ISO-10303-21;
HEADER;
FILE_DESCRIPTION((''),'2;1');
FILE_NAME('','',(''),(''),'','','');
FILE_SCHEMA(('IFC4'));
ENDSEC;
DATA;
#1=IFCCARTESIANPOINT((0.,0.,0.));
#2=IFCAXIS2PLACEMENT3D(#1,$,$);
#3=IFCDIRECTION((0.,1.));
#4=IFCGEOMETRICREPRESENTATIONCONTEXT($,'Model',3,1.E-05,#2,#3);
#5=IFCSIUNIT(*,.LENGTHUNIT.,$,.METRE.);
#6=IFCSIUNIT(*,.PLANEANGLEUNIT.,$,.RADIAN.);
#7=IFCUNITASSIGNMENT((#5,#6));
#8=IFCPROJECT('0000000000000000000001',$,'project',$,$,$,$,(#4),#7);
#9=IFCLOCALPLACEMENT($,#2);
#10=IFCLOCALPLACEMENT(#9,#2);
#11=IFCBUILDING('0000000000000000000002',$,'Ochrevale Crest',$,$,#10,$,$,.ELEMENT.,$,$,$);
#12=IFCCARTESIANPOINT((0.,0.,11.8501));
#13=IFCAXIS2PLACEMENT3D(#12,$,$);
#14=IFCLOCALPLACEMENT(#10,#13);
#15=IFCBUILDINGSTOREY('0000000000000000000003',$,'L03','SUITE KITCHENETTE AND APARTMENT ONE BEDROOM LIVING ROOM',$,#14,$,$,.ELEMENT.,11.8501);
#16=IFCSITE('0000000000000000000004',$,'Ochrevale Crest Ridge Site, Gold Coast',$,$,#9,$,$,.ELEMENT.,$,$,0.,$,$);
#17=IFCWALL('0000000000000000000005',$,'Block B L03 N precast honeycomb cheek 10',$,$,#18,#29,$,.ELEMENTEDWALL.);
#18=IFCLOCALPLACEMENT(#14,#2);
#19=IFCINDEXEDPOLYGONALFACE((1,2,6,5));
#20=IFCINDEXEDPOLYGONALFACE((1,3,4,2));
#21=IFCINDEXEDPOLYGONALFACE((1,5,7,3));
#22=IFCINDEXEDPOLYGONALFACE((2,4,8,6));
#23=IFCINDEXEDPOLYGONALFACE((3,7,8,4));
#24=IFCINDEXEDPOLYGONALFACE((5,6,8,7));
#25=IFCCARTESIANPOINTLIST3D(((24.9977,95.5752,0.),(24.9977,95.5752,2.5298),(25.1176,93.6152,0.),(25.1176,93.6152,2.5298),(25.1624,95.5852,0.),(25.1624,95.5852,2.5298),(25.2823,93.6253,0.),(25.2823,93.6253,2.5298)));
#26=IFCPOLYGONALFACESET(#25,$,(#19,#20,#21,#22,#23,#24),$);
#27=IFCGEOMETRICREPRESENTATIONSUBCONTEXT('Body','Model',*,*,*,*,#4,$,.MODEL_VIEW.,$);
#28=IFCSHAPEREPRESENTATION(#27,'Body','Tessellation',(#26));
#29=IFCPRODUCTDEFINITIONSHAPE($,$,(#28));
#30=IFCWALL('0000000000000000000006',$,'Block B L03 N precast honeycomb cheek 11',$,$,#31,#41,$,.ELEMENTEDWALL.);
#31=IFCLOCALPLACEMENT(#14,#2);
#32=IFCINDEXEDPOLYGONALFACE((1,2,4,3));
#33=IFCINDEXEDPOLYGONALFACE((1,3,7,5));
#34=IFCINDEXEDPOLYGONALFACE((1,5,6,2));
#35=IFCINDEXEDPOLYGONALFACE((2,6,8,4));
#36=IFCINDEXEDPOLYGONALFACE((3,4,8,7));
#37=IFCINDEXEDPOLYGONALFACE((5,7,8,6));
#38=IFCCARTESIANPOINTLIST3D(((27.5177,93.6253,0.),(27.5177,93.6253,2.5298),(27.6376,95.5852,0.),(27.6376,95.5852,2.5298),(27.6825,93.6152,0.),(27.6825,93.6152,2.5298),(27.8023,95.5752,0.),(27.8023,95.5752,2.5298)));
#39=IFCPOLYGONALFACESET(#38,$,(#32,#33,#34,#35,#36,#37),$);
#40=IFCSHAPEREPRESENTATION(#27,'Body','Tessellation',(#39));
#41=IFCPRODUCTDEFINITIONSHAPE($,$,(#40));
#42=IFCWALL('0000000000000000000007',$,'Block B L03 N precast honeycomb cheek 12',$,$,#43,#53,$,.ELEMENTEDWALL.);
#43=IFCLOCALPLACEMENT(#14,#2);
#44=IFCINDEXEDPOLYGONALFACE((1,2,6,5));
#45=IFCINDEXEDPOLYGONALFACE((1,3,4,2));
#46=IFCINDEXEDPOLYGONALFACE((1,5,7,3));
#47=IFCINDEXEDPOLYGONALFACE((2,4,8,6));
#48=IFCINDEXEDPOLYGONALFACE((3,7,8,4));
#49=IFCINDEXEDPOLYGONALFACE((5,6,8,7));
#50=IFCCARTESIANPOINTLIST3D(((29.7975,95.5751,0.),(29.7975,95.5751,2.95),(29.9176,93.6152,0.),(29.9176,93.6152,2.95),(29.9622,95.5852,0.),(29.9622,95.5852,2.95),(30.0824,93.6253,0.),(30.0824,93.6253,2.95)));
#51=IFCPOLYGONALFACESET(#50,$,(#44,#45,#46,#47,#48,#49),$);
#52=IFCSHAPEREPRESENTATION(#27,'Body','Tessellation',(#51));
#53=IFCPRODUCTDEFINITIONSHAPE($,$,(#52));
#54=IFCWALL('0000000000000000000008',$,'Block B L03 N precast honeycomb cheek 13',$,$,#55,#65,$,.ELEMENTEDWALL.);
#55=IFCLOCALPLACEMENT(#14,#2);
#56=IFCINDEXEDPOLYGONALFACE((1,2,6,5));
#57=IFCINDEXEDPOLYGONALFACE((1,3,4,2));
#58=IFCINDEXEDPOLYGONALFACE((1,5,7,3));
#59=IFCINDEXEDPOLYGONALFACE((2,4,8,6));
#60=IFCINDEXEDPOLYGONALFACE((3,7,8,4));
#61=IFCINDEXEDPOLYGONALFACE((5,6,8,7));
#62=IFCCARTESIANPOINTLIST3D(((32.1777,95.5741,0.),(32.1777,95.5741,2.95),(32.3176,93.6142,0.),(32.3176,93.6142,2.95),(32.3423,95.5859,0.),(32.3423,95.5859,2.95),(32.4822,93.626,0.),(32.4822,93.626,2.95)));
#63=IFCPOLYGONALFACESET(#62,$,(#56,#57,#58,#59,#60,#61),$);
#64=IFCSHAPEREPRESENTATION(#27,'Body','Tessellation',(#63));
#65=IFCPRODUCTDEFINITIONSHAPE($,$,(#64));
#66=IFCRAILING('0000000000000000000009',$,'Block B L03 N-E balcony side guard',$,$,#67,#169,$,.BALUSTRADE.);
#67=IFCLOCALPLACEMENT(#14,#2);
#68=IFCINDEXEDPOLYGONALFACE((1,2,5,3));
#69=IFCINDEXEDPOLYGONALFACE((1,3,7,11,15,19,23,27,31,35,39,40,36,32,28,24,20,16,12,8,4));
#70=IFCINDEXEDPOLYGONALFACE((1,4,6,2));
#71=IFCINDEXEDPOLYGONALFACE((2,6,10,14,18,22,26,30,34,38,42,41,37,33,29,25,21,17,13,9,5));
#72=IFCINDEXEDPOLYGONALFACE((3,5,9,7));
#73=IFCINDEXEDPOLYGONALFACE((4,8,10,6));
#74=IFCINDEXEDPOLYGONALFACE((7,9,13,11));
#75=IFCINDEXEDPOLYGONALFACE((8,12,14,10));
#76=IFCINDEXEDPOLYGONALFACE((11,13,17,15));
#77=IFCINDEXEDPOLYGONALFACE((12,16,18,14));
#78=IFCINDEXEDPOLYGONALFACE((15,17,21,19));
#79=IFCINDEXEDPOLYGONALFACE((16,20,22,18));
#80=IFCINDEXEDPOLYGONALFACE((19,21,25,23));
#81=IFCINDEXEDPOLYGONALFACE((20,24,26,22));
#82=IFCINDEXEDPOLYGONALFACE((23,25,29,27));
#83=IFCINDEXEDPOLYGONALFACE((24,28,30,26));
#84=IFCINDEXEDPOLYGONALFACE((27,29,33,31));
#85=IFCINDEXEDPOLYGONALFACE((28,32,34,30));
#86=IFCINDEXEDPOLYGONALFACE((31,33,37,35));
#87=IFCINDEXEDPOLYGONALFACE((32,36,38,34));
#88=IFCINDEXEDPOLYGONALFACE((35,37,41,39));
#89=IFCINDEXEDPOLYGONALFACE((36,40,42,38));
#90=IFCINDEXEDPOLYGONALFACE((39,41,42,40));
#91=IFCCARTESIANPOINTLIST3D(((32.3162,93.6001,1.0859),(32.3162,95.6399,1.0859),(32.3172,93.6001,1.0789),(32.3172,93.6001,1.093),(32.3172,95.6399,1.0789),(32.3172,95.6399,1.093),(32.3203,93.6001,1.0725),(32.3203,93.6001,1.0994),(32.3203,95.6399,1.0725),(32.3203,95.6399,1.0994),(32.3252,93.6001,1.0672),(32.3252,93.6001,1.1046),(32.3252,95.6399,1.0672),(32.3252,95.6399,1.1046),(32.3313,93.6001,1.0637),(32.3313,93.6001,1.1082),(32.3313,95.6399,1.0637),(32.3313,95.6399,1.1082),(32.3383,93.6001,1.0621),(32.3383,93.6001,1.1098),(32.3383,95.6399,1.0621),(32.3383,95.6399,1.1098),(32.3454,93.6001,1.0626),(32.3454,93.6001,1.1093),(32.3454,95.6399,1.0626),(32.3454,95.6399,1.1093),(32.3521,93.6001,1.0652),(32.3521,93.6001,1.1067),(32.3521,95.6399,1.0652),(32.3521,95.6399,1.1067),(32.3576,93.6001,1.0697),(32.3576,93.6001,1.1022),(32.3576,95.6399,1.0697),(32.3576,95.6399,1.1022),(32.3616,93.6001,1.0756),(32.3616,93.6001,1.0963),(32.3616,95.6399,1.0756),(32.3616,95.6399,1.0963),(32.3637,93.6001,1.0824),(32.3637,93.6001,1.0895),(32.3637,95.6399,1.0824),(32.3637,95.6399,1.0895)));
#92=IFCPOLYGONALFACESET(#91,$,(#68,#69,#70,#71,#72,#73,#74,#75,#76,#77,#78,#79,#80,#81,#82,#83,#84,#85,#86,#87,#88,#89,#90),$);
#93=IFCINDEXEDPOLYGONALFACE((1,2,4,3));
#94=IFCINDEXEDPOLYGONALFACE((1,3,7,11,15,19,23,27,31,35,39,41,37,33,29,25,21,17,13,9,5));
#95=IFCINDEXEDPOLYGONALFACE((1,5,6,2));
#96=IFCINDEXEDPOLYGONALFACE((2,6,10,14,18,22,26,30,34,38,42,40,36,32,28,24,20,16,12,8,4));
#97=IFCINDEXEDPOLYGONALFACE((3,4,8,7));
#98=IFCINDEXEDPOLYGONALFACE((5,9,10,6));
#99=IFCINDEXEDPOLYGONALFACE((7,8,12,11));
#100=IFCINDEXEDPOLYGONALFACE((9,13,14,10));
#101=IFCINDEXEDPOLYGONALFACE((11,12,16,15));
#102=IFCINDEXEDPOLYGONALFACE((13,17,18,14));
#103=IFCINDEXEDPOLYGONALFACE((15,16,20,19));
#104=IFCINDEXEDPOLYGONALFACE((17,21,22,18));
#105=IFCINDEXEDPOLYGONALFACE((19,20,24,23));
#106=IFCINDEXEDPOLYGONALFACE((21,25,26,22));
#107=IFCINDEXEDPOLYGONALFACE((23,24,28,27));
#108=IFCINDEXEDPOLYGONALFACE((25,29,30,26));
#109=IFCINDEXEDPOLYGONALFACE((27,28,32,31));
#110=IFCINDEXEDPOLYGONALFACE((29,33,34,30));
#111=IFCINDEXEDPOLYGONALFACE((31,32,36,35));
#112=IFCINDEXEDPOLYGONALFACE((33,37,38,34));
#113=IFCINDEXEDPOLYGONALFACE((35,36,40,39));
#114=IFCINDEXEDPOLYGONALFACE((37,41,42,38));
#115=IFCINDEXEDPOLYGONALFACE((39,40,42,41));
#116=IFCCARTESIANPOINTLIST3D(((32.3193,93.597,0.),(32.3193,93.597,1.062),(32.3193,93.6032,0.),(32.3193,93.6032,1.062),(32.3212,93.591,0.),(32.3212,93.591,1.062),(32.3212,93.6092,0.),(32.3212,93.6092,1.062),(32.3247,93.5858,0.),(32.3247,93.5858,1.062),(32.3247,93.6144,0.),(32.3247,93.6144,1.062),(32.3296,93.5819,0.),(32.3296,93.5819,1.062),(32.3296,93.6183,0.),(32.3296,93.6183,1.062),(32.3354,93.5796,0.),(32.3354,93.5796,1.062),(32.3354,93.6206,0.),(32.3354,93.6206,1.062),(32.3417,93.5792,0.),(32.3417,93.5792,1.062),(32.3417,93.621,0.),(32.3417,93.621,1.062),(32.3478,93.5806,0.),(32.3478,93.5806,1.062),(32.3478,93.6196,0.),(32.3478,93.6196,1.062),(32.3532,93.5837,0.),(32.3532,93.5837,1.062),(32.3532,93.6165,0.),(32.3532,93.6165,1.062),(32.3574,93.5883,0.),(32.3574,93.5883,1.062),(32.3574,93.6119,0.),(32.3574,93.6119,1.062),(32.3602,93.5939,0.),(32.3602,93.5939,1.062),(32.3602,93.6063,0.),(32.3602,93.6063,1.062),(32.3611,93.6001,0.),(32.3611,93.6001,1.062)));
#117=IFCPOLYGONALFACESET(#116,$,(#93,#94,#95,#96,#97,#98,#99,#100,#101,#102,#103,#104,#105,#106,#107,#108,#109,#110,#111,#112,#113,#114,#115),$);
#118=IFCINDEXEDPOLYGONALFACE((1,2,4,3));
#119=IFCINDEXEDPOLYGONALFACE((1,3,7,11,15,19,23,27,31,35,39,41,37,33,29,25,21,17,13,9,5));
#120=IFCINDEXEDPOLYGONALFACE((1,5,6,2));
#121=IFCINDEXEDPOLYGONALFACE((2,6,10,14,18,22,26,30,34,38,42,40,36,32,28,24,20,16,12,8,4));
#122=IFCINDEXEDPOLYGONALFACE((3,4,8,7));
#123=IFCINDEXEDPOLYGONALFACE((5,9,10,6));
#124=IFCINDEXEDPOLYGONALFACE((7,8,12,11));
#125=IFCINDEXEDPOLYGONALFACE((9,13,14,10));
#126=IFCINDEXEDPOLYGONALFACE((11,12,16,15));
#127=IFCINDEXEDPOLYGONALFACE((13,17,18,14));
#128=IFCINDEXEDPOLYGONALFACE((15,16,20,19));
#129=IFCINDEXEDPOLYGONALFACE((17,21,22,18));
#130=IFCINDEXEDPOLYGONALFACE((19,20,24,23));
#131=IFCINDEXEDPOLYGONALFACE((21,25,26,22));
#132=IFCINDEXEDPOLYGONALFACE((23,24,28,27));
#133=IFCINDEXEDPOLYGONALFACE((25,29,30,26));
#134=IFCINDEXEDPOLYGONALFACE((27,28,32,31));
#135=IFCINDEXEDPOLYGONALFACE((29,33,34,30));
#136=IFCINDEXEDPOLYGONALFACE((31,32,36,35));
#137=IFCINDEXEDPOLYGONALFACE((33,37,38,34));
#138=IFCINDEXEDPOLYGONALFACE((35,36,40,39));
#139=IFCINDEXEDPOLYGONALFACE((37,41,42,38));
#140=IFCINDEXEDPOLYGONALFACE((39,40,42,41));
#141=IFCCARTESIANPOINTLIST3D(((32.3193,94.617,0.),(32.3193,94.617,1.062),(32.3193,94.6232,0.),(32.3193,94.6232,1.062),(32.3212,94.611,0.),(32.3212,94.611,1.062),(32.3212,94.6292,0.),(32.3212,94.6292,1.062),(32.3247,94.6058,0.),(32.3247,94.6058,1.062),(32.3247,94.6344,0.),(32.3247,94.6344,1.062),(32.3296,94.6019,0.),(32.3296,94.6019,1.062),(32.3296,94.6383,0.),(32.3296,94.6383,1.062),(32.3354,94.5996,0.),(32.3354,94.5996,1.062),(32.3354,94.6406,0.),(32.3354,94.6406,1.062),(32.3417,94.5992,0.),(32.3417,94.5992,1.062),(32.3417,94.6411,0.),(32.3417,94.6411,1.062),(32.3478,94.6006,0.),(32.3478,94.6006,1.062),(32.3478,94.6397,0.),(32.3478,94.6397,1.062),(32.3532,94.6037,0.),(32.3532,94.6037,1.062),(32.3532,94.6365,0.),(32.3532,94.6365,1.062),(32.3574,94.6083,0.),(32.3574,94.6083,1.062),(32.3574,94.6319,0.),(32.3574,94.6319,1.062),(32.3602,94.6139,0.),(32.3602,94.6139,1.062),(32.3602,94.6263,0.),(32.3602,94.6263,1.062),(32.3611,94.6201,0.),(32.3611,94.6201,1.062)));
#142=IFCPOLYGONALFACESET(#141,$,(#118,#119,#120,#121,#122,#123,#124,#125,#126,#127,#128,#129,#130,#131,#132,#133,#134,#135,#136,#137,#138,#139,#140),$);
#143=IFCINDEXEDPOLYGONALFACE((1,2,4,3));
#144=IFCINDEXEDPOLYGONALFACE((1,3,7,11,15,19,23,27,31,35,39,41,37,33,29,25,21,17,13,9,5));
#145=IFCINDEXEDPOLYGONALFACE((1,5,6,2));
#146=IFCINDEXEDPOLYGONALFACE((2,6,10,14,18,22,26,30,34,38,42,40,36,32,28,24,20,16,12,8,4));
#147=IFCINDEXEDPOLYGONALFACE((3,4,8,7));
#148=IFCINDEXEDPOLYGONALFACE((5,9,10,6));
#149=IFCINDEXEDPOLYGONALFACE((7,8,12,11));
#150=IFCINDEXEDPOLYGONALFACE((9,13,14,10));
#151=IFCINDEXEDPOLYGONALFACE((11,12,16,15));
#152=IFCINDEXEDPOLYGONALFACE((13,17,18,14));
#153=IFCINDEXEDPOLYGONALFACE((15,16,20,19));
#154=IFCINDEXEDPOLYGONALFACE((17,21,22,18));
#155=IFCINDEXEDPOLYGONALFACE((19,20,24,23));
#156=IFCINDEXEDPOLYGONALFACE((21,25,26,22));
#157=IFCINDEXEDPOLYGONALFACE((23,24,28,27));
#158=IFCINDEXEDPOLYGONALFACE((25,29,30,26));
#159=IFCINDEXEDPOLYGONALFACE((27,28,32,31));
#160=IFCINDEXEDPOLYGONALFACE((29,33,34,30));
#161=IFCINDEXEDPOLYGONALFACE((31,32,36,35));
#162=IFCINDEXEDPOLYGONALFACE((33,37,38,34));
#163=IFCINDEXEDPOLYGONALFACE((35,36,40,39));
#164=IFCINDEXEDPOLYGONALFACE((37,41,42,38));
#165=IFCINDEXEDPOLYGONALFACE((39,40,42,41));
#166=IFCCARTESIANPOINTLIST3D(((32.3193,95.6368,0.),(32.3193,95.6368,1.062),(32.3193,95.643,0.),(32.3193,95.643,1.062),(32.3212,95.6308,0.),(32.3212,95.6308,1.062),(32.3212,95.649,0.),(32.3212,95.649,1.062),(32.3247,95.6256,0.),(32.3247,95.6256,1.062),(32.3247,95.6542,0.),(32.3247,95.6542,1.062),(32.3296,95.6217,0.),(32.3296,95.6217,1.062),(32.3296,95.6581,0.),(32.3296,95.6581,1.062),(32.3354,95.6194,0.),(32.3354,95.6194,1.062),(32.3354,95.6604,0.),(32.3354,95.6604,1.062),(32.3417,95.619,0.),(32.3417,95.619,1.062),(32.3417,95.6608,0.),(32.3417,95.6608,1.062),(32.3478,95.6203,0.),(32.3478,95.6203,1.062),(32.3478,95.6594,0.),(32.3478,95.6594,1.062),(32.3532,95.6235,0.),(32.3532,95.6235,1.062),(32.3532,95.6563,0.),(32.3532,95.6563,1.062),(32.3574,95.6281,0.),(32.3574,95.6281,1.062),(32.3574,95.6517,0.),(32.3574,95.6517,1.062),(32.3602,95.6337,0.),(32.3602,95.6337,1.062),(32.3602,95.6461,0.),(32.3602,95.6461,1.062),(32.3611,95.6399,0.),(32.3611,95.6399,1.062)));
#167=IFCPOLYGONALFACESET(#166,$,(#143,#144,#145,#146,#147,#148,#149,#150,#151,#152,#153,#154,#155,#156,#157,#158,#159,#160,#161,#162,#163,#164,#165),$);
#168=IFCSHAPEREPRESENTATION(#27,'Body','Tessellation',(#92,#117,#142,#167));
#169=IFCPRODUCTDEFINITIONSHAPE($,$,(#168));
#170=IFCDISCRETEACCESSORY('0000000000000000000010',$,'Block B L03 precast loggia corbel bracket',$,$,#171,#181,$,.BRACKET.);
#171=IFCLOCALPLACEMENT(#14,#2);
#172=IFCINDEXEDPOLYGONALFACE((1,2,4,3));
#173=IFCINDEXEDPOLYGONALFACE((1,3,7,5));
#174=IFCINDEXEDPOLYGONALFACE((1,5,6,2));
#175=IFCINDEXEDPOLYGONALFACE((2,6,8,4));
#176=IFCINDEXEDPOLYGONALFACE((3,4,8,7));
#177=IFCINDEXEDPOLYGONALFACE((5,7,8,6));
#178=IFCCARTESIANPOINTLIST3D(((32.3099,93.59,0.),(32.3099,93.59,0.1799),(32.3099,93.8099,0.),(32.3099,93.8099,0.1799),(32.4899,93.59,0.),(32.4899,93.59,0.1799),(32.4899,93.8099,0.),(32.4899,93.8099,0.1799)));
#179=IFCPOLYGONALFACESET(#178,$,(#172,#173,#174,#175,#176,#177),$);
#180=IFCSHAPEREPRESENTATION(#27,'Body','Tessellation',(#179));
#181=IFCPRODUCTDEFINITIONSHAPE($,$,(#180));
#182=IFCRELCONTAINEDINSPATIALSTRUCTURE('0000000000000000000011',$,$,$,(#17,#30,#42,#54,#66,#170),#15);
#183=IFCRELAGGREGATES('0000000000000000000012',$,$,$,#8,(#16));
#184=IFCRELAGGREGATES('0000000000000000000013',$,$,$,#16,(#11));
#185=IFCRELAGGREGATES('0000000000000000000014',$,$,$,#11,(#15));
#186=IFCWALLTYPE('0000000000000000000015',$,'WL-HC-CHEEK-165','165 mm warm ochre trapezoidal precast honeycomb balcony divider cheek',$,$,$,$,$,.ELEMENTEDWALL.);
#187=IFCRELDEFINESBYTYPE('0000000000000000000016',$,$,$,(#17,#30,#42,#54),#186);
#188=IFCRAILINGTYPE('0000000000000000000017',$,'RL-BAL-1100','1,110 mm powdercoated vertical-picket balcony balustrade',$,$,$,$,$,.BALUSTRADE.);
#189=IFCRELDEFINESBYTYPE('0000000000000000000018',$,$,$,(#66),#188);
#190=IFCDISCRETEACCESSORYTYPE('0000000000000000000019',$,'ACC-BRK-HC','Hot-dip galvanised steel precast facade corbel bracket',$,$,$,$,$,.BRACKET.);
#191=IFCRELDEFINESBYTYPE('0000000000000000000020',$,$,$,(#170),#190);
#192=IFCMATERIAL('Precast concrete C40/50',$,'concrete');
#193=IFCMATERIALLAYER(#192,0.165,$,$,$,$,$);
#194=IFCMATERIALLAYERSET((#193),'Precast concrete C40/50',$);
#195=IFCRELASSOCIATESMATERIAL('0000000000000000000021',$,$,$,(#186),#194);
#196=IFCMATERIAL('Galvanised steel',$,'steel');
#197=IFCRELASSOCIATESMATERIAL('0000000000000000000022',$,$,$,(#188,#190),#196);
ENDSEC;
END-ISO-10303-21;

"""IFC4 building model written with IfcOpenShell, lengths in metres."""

from ifc_helpers import new_model, si_unit, direction, frame, frame_2d, origin, origin_2d, place, context, subcontext, project, spatial, rectangle, circle, extrude, material, layer, layer_set, type_object, element, save


model = new_model("IFC4")

# Units and contexts
model_context = context("Model", 3, precision=1e-05, world=origin(), true_north=direction((0.0, 1.0)))
body_context = subcontext(model_context, "Body", "Model", "MODEL_VIEW")
ifc_project = project(units=[si_unit("LENGTHUNIT", "METRE"), si_unit("PLANEANGLEUNIT", "RADIAN")], contexts=[model_context])

# Site, building, storey
site_placement = place(None, origin())
site = spatial("IfcSite", under=ifc_project, at=site_placement, Name="Ochrevale Crest Ridge Site, Gold Coast", CompositionType="ELEMENT", RefElevation=0.0)
building_placement = place(site_placement, origin())
building = spatial("IfcBuilding", under=site, at=building_placement, Name="Ochrevale Crest", CompositionType="ELEMENT")
storey_placement = place(building_placement, frame((0.0, 0.0, 11.8501)))
storey = spatial("IfcBuildingStorey", under=building, at=storey_placement, Name="L03", Description="SUITE KITCHENETTE AND APARTMENT ONE BEDROOM LIVING ROOM", CompositionType="ELEMENT", Elevation=11.8501)

# Shared definitions
ifc_material_1 = material(Name="Precast concrete C40/50", Category="concrete")

# Walls
ifc_layer_1 = layer(ifc_material_1, 0.165)
ifc_layer_set_1 = layer_set([ifc_layer_1], Name="Precast concrete C40/50")
wall_type_1 = type_object("IfcWallType", Name="WL-HC-CHEEK-165", Description="165 mm warm ochre trapezoidal precast honeycomb balcony divider cheek", PredefinedType="ELEMENTEDWALL", material=ifc_layer_set_1)
for number, where, z_axis, x_axis, name in (
    (1, (25.2, 93.6201, 0.0), (0.0, 0.0, 1.0), (-0.061047, 0.998135, 0.0), "Block B L03 N precast honeycomb cheek 10"),
    (2, (27.6001, 93.6201, 0.0), (0.0, 0.0, 1.0), (0.061047, 0.998135, 0.0), "Block B L03 N precast honeycomb cheek 11"),
):
    element("IfcWall", number, at=place(storey_placement, frame(where, z_axis=z_axis, x_axis=x_axis)), inside=storey, type_object=wall_type_1, Name=name, PredefinedType="ELEMENTEDWALL", context=body_context, shape_type="SweptSolid", body=[
        extrude(rectangle(XDim=1.9636, YDim=0.165, at=frame_2d((0.9819, 0.0))), origin(), (0.0, 0.0, 1.0), 2.5298),
    ])
wall_1_placement = place(storey_placement, frame((30.0, 93.6201, 0.0), z_axis=(0.0, 0.0, 1.0), x_axis=(-0.061171, 0.998127, 0.0)))
element("IfcWall", 3, at=wall_1_placement, inside=storey, type_object=wall_type_1, Name="Block B L03 N precast honeycomb cheek 12", PredefinedType="ELEMENTEDWALL", context=body_context, shape_type="SweptSolid", body=[
    extrude(rectangle(XDim=1.9636, YDim=0.165, at=frame_2d((0.9819, 0.0))), origin(), (0.0, 0.0, 1.0), 2.95),
])
wall_2_placement = place(storey_placement, frame((32.3999, 93.6201, 0.0), z_axis=(0.0, 0.0, 1.0), x_axis=(-0.071194, 0.997462, 0.0)))
element("IfcWall", 4, at=wall_2_placement, inside=storey, type_object=wall_type_1, Name="Block B L03 N precast honeycomb cheek 13", PredefinedType="ELEMENTEDWALL", context=body_context, shape_type="SweptSolid", body=[
    extrude(rectangle(XDim=1.9648, YDim=0.165, at=frame_2d((0.9824, 0.0))), origin(), (0.0, 0.0, 1.0), 2.95),
])

# Railing
ifc_material_2 = material(Name="Galvanised steel", Category="steel")
railing_type = type_object("IfcRailingType", Name="RL-BAL-1100", Description="1,110 mm powdercoated vertical-picket balcony balustrade", PredefinedType="BALUSTRADE", material=ifc_material_2)
railing_placement = place(storey_placement, frame((32.3401, 93.6001, 0.0)))
element("IfcRailing", 5, at=railing_placement, inside=storey, type_object=railing_type, Name="Block B L03 N-E balcony side guard", PredefinedType="BALUSTRADE", context=body_context, shape_type="SweptSolid", body=[
    extrude(circle(Radius=0.0239, at=origin_2d()), frame((0.0, 0.0, 1.0859), z_axis=(0.0, 1.0, 0.0), x_axis=(-1.0, 0.0, 0.0)), (0.0, 0.0, 1.0), 2.0398),
    extrude(circle(Radius=0.021, at=origin_2d()), origin(), (0.0, 0.0, 1.0), 1.062),
    extrude(circle(Radius=0.021, at=origin_2d()), frame((0.0, 1.02, 0.0)), (0.0, 0.0, 1.0), 1.062),
    extrude(circle(Radius=0.021, at=origin_2d()), frame((0.0, 2.0398, 0.0)), (0.0, 0.0, 1.0), 1.062),
])

# Discrete accessory
discrete_accessory_type = type_object("IfcDiscreteAccessoryType", Name="ACC-BRK-HC", Description="Hot-dip galvanised steel precast facade corbel bracket", PredefinedType="BRACKET", material=ifc_material_2)
discrete_accessory_placement = place(storey_placement, frame((32.3999, 93.7, 0.0), z_axis=(0.0, 0.0, 1.0), x_axis=(1.0, 0.0, 0.0)))
element("IfcDiscreteAccessory", 6, at=discrete_accessory_placement, inside=storey, type_object=discrete_accessory_type, Name="Block B L03 precast loggia corbel bracket", PredefinedType="BRACKET", context=body_context, shape_type="SweptSolid", body=[
    extrude(rectangle(XDim=0.1799, YDim=0.22, at=origin_2d()), origin(), (0.0, 0.0, 1.0), 0.1799),
])

save(model, "model.ifc")
